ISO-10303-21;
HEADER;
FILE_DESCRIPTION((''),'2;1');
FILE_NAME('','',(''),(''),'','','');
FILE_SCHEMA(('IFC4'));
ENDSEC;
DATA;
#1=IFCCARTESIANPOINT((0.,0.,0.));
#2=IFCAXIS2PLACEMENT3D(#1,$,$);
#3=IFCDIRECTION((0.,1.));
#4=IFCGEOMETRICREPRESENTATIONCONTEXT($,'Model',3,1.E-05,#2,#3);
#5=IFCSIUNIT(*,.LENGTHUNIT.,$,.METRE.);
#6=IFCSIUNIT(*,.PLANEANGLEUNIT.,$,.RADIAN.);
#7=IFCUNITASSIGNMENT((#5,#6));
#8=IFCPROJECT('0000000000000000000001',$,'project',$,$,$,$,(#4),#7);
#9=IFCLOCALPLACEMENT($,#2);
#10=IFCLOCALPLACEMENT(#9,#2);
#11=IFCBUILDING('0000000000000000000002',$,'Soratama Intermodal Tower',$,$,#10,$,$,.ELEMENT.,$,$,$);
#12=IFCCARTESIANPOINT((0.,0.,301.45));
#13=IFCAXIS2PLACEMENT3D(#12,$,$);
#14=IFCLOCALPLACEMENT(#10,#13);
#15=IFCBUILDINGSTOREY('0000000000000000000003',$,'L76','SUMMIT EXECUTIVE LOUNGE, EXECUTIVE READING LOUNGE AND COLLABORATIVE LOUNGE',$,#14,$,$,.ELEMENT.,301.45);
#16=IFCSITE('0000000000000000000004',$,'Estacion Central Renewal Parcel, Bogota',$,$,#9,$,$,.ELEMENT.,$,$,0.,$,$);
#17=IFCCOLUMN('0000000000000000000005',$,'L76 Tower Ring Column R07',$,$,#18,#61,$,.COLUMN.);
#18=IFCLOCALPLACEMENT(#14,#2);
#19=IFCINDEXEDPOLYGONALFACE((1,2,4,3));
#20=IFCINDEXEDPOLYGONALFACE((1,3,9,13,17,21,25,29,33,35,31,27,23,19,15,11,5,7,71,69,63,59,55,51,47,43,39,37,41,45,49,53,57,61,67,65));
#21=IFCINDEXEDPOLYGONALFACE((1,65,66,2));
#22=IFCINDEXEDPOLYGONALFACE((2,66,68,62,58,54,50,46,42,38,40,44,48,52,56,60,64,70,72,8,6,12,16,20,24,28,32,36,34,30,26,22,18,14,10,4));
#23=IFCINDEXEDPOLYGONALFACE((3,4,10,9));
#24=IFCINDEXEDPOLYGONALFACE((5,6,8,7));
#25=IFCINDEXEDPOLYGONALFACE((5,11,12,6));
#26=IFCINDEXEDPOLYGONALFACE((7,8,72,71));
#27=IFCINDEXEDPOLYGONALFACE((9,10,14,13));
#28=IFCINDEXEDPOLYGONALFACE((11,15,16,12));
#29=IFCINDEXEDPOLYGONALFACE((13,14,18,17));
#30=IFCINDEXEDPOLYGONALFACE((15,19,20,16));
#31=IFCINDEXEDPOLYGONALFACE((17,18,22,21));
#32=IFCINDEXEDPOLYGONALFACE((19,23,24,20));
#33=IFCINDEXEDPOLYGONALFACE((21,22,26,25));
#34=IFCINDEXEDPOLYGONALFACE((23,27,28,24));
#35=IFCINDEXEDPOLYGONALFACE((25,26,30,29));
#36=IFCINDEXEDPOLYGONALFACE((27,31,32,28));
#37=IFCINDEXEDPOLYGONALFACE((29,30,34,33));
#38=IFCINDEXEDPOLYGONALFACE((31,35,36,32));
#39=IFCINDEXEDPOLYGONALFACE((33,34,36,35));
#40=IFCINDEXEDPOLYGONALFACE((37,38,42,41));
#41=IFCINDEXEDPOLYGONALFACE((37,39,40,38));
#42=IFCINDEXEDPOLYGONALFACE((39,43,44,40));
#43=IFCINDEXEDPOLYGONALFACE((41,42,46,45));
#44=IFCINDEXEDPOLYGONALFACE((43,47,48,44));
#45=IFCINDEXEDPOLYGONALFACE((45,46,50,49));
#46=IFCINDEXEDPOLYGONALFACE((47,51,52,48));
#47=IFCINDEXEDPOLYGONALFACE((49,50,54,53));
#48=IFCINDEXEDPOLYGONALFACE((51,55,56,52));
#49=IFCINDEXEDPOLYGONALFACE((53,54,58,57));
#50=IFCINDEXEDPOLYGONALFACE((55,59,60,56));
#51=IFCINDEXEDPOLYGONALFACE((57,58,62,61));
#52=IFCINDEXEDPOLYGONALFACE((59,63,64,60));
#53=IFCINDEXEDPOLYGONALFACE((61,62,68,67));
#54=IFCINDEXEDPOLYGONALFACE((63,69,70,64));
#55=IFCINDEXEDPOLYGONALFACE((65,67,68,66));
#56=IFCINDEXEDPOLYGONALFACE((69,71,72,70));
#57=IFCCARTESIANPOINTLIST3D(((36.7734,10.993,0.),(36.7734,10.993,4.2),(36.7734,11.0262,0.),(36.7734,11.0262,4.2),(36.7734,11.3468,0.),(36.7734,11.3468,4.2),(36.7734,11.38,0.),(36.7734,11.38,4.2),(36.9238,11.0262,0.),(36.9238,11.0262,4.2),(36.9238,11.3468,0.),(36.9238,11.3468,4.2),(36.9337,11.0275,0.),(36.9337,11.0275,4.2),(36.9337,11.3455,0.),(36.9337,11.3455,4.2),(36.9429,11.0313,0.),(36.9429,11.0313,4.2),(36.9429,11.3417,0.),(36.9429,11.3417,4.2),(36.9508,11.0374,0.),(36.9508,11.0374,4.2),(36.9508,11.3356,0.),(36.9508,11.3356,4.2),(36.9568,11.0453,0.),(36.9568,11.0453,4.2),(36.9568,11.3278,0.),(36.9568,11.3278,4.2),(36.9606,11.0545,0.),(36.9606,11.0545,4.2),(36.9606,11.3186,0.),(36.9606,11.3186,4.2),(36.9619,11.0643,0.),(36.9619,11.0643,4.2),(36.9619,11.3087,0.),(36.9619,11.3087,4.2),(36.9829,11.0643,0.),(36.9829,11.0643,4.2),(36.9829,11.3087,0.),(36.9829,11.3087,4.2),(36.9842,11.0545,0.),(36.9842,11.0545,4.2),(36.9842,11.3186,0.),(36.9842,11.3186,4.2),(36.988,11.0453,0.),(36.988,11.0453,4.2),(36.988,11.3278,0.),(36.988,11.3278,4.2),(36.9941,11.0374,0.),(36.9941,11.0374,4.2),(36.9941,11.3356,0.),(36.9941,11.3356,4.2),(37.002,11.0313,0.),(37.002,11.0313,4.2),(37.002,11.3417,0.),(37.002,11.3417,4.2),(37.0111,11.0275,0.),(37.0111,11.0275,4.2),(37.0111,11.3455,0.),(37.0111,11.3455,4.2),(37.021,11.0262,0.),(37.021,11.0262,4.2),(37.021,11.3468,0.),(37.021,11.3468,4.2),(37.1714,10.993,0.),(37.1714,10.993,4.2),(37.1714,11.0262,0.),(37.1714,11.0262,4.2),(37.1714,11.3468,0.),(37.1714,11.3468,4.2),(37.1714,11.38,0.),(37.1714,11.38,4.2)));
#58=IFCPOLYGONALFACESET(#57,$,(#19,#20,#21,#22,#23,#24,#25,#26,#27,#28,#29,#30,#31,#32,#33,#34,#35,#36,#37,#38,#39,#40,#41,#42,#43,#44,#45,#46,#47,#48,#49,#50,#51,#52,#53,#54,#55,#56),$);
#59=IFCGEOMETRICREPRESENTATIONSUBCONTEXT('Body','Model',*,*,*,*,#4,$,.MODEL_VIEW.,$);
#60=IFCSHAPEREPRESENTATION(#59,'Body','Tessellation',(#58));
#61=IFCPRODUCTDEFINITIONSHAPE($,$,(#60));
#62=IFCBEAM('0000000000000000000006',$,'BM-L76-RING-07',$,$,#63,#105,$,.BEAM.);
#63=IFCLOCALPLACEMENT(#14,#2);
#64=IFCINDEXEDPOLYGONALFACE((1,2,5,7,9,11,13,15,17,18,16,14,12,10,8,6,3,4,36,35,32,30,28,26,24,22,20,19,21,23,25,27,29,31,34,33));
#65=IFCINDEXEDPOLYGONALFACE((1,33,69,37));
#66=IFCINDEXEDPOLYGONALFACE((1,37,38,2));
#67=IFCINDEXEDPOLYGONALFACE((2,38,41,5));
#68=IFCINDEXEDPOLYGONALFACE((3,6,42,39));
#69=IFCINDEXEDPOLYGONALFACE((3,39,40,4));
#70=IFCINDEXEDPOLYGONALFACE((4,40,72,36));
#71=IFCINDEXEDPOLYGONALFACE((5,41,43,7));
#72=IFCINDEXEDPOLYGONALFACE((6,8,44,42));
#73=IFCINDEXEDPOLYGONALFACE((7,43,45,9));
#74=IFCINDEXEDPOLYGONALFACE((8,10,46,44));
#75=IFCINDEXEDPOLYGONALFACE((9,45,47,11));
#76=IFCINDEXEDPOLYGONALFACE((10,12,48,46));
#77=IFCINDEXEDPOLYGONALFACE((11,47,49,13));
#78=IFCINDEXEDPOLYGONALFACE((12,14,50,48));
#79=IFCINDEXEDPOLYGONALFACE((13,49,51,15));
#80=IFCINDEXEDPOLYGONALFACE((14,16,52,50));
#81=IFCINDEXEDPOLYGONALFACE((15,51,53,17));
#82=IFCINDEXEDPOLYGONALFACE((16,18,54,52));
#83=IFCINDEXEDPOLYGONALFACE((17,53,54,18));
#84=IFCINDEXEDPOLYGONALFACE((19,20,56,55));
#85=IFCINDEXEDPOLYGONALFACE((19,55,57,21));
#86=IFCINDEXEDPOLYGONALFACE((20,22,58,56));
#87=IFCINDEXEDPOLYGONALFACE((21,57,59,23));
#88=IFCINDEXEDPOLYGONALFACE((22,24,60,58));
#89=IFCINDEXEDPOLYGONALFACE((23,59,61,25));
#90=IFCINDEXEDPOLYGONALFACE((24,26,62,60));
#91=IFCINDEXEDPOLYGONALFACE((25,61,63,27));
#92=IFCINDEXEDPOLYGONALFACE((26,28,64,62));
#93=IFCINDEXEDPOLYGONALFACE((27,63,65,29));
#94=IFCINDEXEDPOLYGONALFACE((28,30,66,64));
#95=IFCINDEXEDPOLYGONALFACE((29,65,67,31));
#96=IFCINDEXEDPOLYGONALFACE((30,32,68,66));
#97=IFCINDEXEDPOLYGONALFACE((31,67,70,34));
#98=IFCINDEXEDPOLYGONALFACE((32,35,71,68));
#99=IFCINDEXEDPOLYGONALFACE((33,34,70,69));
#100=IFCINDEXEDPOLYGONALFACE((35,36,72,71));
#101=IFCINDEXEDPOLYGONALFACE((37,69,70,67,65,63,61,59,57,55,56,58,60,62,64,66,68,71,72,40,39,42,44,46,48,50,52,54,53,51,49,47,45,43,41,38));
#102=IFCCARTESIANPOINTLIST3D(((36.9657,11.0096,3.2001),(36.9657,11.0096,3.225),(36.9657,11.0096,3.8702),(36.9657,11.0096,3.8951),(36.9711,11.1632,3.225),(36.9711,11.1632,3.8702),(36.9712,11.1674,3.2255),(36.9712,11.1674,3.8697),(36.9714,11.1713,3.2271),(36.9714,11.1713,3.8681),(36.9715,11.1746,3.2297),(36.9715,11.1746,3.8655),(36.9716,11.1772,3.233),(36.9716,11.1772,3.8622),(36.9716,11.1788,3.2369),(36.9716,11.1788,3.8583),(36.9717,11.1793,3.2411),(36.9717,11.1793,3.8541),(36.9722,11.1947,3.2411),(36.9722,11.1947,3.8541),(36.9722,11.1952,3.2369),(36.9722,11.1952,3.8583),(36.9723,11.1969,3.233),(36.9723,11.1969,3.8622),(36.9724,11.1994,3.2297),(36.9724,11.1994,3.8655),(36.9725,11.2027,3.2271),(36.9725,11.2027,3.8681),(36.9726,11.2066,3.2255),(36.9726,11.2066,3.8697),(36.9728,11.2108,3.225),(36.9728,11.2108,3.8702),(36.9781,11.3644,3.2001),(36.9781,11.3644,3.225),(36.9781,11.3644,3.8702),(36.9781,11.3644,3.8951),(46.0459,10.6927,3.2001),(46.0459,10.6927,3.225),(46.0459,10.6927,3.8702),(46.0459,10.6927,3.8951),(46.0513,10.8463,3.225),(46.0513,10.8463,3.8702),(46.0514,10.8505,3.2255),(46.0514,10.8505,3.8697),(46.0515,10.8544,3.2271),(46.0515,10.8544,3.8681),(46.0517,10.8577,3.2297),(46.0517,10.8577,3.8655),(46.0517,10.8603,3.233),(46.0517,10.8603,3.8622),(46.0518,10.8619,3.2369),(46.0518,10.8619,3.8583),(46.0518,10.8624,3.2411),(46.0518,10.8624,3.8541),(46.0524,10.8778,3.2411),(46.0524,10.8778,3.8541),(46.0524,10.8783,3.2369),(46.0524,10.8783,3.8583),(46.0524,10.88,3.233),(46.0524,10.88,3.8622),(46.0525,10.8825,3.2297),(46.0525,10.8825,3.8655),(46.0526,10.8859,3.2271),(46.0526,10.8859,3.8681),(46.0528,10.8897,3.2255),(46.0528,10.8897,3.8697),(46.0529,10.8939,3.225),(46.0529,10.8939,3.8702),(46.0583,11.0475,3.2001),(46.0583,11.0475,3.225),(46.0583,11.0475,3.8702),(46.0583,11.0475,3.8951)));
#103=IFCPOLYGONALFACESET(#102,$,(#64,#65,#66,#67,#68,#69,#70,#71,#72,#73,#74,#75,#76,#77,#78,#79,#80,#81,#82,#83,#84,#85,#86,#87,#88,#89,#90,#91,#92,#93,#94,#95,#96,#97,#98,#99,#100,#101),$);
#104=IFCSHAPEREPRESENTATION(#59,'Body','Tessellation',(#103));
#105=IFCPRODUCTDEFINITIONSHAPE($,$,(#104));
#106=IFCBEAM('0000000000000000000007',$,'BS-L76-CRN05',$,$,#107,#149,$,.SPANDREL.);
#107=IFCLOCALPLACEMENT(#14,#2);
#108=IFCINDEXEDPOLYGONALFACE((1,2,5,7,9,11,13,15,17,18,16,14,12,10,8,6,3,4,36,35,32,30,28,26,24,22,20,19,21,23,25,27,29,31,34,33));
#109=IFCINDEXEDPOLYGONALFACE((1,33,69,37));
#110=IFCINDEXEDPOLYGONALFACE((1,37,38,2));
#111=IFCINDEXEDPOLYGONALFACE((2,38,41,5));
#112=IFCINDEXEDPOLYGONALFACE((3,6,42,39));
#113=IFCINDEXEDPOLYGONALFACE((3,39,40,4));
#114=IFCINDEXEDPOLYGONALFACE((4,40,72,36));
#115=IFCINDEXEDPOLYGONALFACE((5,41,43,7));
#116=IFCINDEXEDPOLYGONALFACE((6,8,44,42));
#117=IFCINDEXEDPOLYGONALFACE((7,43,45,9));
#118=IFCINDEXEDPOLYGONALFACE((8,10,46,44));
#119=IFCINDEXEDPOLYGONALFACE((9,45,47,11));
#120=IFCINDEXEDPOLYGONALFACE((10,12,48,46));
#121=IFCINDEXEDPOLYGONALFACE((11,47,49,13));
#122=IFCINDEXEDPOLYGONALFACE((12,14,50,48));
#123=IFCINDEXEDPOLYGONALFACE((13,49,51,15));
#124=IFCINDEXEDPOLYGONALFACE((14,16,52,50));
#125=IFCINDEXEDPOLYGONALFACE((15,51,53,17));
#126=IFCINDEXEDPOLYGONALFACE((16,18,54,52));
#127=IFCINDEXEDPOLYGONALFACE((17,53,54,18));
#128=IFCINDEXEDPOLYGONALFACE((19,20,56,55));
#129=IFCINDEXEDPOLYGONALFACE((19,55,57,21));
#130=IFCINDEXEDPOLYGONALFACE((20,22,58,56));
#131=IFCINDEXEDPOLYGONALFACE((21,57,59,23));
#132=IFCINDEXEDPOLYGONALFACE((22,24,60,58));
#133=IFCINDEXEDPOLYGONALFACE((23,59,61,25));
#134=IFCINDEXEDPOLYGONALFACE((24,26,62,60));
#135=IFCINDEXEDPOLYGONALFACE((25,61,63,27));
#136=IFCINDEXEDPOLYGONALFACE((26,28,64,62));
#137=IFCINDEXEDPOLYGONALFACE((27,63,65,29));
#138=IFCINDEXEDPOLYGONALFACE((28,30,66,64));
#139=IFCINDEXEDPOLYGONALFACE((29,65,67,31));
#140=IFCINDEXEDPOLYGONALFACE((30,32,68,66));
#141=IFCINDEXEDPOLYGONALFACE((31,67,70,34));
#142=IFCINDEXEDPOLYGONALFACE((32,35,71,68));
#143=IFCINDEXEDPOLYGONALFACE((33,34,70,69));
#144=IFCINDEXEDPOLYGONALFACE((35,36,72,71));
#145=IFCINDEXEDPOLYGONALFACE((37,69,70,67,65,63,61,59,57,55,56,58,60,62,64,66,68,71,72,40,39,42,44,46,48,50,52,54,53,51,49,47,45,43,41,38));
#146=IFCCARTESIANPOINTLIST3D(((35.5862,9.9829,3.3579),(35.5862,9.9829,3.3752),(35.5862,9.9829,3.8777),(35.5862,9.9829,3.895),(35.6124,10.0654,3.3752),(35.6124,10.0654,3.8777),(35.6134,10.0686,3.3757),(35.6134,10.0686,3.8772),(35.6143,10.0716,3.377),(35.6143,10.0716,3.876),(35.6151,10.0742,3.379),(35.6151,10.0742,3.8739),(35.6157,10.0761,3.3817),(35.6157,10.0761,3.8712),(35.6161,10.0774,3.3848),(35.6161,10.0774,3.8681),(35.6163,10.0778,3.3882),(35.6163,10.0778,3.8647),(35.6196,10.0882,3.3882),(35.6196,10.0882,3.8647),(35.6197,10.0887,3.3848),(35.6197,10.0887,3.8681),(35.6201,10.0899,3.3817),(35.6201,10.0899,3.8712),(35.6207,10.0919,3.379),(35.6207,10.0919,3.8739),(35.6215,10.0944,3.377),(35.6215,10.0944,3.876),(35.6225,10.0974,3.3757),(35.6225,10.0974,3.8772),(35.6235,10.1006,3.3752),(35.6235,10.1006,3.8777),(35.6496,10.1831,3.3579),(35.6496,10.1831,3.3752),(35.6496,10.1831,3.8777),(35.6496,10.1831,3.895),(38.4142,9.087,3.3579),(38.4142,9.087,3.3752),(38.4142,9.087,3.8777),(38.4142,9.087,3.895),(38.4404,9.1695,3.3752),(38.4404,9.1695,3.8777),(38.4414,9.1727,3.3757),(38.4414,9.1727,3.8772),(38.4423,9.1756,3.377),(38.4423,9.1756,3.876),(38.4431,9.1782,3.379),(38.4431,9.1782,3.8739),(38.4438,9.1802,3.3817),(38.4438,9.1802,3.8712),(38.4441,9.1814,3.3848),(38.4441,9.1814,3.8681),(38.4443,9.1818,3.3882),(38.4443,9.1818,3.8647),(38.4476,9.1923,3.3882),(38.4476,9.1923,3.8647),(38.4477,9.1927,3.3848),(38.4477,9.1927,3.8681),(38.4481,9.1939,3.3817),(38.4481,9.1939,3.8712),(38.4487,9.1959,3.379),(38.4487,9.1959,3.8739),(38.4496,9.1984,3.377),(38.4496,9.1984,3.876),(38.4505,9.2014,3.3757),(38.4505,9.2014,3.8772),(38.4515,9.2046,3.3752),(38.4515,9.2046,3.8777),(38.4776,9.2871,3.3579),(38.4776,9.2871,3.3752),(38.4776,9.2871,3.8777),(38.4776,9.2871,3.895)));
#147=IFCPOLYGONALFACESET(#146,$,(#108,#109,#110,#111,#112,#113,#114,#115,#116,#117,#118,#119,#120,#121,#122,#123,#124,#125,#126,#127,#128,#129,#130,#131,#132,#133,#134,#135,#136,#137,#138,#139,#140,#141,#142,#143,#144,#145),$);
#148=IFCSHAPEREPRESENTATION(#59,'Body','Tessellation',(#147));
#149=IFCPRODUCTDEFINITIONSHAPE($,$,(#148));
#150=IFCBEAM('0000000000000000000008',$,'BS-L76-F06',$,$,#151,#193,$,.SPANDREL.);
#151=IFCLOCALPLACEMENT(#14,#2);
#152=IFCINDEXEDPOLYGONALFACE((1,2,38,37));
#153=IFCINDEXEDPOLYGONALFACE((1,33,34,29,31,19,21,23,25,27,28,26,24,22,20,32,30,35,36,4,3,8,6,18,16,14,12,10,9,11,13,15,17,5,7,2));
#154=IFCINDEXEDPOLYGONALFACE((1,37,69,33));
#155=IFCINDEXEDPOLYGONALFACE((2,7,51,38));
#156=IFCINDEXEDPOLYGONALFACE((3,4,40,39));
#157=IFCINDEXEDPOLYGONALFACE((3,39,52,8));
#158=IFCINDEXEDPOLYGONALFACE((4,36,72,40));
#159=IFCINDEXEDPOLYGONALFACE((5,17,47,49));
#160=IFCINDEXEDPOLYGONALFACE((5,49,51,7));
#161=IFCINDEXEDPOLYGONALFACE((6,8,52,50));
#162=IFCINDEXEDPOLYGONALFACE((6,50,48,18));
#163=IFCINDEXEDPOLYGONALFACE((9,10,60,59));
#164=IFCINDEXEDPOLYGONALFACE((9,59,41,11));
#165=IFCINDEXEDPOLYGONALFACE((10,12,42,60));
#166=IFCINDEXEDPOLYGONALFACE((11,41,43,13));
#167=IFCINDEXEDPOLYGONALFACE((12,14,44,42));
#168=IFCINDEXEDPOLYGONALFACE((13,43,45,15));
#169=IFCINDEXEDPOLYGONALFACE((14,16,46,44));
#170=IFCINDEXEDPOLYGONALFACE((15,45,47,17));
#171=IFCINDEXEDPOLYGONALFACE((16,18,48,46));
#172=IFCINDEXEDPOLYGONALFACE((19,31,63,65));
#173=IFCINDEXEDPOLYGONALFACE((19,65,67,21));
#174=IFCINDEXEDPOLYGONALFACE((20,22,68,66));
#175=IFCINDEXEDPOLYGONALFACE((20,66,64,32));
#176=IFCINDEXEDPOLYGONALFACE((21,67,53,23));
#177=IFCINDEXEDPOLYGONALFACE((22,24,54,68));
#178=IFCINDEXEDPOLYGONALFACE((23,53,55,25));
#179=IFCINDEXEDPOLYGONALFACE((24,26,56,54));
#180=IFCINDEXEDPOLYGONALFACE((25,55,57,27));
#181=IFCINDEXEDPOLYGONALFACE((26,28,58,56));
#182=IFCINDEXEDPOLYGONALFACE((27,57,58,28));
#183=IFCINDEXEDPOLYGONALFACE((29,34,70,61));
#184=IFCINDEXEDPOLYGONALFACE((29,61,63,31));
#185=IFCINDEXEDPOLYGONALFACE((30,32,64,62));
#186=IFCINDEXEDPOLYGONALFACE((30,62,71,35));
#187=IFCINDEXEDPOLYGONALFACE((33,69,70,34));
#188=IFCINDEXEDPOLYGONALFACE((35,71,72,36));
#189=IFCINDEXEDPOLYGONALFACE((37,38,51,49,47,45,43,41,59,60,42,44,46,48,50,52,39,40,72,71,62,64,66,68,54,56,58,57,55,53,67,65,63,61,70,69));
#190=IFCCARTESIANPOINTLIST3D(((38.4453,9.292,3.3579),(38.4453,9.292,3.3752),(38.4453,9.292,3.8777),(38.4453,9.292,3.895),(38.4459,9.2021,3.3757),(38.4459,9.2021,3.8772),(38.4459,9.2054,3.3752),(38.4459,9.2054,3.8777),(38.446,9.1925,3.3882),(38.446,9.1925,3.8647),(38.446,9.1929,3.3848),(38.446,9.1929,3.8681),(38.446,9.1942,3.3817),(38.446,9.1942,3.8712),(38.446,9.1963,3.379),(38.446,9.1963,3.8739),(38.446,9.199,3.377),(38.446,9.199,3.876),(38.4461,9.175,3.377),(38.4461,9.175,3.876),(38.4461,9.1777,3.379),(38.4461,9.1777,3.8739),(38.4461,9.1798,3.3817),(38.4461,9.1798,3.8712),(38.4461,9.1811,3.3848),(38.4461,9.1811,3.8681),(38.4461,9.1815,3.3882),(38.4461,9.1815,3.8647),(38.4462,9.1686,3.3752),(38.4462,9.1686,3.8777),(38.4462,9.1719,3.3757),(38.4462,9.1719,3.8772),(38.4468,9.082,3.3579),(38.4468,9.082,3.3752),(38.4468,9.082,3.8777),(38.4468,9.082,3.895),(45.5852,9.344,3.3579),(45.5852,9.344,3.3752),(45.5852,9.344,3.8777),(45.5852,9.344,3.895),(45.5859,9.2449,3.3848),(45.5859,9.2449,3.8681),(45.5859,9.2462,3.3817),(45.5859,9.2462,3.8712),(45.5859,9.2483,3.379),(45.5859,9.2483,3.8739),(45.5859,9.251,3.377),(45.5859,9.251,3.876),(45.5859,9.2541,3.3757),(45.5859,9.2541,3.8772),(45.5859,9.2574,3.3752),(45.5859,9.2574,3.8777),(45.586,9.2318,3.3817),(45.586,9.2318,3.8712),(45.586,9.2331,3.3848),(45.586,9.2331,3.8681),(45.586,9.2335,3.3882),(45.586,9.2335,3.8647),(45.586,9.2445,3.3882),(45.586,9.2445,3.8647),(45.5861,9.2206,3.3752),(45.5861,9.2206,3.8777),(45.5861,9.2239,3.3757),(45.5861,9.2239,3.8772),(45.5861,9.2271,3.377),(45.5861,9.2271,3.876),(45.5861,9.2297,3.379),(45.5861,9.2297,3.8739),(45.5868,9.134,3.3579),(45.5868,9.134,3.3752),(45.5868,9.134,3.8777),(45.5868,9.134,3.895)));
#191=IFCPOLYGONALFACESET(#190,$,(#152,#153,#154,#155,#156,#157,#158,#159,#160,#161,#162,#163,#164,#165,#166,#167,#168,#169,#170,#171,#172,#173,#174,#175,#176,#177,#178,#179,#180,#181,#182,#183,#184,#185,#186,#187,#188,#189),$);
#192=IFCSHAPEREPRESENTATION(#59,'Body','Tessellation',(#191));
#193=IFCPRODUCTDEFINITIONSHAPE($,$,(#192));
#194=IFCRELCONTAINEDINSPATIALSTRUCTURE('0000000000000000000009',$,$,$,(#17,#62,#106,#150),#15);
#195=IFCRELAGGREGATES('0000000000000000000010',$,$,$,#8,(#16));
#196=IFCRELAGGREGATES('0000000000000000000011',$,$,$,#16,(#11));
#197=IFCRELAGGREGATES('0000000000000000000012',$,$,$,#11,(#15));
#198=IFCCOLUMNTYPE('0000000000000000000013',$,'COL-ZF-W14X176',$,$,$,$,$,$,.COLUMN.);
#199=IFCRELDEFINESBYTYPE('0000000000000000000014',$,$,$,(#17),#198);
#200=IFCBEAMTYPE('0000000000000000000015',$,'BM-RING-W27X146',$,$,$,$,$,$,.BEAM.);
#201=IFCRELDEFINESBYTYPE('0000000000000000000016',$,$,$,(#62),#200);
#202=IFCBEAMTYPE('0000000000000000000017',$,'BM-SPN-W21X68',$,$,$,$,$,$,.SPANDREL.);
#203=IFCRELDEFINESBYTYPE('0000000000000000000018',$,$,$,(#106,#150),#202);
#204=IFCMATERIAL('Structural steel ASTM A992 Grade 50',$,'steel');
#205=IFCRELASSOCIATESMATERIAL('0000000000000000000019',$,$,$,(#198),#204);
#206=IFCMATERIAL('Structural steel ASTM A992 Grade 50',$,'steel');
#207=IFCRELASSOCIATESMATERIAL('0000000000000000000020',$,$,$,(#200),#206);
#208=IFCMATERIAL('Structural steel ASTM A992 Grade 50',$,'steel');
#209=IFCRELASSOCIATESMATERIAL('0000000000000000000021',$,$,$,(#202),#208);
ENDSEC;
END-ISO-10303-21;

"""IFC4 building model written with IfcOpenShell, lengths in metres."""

from ifc_helpers import new_model, si_unit, direction, frame, origin, origin_2d, place, context, subcontext, project, spatial, i_section, extrude, material, material_profile, profile_set, type_object, element, save


model = new_model("IFC4")

# Units and contexts
model_context = context("Model", 3, precision=1e-05, world=origin(), true_north=direction((0.0, 1.0)))
body_context = subcontext(model_context, "Body", "Model", "MODEL_VIEW")
ifc_project = project(units=[si_unit("LENGTHUNIT", "METRE"), si_unit("PLANEANGLEUNIT", "RADIAN")], contexts=[model_context])

# Site, building, storey
site_placement = place(None, origin())
site = spatial("IfcSite", under=ifc_project, at=site_placement, Name="Estacion Central Renewal Parcel, Bogota", CompositionType="ELEMENT", RefElevation=0.0)
building_placement = place(site_placement, origin())
building = spatial("IfcBuilding", under=site, at=building_placement, Name="Soratama Intermodal Tower", CompositionType="ELEMENT")
storey_placement = place(building_placement, frame((0.0, 0.0, 301.45)))
storey = spatial("IfcBuildingStorey", under=building, at=storey_placement, Name="L76", Description="SUMMIT EXECUTIVE LOUNGE, EXECUTIVE READING LOUNGE AND COLLABORATIVE LOUNGE", CompositionType="ELEMENT", Elevation=301.45)

# Column
ifc_material_1 = material(Name="Structural steel ASTM A992 Grade 50", Category="steel")
ifc_material_profile_1 = material_profile(ifc_material_1, i_section(OverallWidth=0.3979, OverallDepth=0.387, WebThickness=0.021, FlangeThickness=0.0332, FilletRadius=0.0381, at=origin_2d()), Name="W14X176")
ifc_profile_set_1 = profile_set([ifc_material_profile_1], Name="Structural steel ASTM A992 Grade 50")
column_type = type_object("IfcColumnType", Name="COL-ZF-W14X176", PredefinedType="COLUMN", material=ifc_profile_set_1)
column_placement = place(storey_placement, frame((36.9724, 11.1865, 0.0), z_axis=(0.0, 0.0, 1.0), x_axis=(1.0, 0.0, 0.0)))
element("IfcColumn", 1, at=column_placement, inside=storey, type_object=column_type, Name="L76 Tower Ring Column R07", PredefinedType="COLUMN", context=body_context, shape_type="SweptSolid", body=[
    extrude(i_section(OverallWidth=0.3979, OverallDepth=0.387, WebThickness=0.021, FlangeThickness=0.0332, FilletRadius=0.0381, at=origin_2d()), origin(), (0.0, 0.0, 1.0), 4.2),
])

# Beams
ifc_material_2 = material(Name="Structural steel ASTM A992 Grade 50", Category="steel")
ifc_material_profile_2 = material_profile(ifc_material_2, i_section(OverallWidth=0.355, OverallDepth=0.6951, WebThickness=0.0154, FlangeThickness=0.0249, FilletRadius=0.0161, at=origin_2d()), Name="W27X146")
ifc_profile_set_2 = profile_set([ifc_material_profile_2], Name="Structural steel ASTM A992 Grade 50")
beam_type_1 = type_object("IfcBeamType", Name="BM-RING-W27X146", PredefinedType="BEAM", material=ifc_profile_set_2)
beam_1_placement = place(storey_placement, frame((36.9719, 11.187, 3.5476), z_axis=(0.999392, -0.034879, 0.0), x_axis=(0.034879, 0.999392, 0.0)))
element("IfcBeam", 2, at=beam_1_placement, inside=storey, type_object=beam_type_1, Name="BM-L76-RING-07", PredefinedType="BEAM", context=body_context, shape_type="SweptSolid", body=[
    extrude(i_section(OverallWidth=0.355, OverallDepth=0.6951, WebThickness=0.0154, FlangeThickness=0.0249, FilletRadius=0.0161, at=origin_2d()), origin(), (0.0, 0.0, 1.0), 9.0857),
])
ifc_material_3 = material(Name="Structural steel ASTM A992 Grade 50", Category="steel")
ifc_material_profile_3 = material_profile(ifc_material_3, i_section(OverallWidth=0.21, OverallDepth=0.5371, WebThickness=0.011, FlangeThickness=0.0173, FilletRadius=0.0129, at=origin_2d()), Name="W21X68")
ifc_profile_set_3 = profile_set([ifc_material_profile_3], Name="Structural steel ASTM A992 Grade 50")
beam_type_2 = type_object("IfcBeamType", Name="BM-SPN-W21X68", PredefinedType="SPANDREL", material=ifc_profile_set_3)
beam_2_placement = place(storey_placement, frame((35.6179, 10.083, 3.6265), z_axis=(0.953301, -0.302021, 0.0), x_axis=(0.302021, 0.953301, 0.0)))
element("IfcBeam", 3, at=beam_2_placement, inside=storey, type_object=beam_type_2, Name="BS-L76-CRN05", PredefinedType="SPANDREL", context=body_context, shape_type="SweptSolid", body=[
    extrude(i_section(OverallWidth=0.21, OverallDepth=0.5371, WebThickness=0.011, FlangeThickness=0.0173, FilletRadius=0.0129, at=origin_2d()), origin(), (0.0, 0.0, 1.0), 2.9666),
])
beam_3_placement = place(storey_placement, frame((38.446, 9.187, 3.6265), z_axis=(0.999973, 0.007283, 0.0), x_axis=(-0.007283, 0.999973, 0.0)))
element("IfcBeam", 4, at=beam_3_placement, inside=storey, type_object=beam_type_2, Name="BS-L76-F06", PredefinedType="SPANDREL", context=body_context, shape_type="SweptSolid", body=[
    extrude(i_section(OverallWidth=0.21, OverallDepth=0.5371, WebThickness=0.011, FlangeThickness=0.0173, FilletRadius=0.0129, at=origin_2d()), origin(), (0.0, 0.0, 1.0), 7.1401),
])

save(model, "model.ifc")
